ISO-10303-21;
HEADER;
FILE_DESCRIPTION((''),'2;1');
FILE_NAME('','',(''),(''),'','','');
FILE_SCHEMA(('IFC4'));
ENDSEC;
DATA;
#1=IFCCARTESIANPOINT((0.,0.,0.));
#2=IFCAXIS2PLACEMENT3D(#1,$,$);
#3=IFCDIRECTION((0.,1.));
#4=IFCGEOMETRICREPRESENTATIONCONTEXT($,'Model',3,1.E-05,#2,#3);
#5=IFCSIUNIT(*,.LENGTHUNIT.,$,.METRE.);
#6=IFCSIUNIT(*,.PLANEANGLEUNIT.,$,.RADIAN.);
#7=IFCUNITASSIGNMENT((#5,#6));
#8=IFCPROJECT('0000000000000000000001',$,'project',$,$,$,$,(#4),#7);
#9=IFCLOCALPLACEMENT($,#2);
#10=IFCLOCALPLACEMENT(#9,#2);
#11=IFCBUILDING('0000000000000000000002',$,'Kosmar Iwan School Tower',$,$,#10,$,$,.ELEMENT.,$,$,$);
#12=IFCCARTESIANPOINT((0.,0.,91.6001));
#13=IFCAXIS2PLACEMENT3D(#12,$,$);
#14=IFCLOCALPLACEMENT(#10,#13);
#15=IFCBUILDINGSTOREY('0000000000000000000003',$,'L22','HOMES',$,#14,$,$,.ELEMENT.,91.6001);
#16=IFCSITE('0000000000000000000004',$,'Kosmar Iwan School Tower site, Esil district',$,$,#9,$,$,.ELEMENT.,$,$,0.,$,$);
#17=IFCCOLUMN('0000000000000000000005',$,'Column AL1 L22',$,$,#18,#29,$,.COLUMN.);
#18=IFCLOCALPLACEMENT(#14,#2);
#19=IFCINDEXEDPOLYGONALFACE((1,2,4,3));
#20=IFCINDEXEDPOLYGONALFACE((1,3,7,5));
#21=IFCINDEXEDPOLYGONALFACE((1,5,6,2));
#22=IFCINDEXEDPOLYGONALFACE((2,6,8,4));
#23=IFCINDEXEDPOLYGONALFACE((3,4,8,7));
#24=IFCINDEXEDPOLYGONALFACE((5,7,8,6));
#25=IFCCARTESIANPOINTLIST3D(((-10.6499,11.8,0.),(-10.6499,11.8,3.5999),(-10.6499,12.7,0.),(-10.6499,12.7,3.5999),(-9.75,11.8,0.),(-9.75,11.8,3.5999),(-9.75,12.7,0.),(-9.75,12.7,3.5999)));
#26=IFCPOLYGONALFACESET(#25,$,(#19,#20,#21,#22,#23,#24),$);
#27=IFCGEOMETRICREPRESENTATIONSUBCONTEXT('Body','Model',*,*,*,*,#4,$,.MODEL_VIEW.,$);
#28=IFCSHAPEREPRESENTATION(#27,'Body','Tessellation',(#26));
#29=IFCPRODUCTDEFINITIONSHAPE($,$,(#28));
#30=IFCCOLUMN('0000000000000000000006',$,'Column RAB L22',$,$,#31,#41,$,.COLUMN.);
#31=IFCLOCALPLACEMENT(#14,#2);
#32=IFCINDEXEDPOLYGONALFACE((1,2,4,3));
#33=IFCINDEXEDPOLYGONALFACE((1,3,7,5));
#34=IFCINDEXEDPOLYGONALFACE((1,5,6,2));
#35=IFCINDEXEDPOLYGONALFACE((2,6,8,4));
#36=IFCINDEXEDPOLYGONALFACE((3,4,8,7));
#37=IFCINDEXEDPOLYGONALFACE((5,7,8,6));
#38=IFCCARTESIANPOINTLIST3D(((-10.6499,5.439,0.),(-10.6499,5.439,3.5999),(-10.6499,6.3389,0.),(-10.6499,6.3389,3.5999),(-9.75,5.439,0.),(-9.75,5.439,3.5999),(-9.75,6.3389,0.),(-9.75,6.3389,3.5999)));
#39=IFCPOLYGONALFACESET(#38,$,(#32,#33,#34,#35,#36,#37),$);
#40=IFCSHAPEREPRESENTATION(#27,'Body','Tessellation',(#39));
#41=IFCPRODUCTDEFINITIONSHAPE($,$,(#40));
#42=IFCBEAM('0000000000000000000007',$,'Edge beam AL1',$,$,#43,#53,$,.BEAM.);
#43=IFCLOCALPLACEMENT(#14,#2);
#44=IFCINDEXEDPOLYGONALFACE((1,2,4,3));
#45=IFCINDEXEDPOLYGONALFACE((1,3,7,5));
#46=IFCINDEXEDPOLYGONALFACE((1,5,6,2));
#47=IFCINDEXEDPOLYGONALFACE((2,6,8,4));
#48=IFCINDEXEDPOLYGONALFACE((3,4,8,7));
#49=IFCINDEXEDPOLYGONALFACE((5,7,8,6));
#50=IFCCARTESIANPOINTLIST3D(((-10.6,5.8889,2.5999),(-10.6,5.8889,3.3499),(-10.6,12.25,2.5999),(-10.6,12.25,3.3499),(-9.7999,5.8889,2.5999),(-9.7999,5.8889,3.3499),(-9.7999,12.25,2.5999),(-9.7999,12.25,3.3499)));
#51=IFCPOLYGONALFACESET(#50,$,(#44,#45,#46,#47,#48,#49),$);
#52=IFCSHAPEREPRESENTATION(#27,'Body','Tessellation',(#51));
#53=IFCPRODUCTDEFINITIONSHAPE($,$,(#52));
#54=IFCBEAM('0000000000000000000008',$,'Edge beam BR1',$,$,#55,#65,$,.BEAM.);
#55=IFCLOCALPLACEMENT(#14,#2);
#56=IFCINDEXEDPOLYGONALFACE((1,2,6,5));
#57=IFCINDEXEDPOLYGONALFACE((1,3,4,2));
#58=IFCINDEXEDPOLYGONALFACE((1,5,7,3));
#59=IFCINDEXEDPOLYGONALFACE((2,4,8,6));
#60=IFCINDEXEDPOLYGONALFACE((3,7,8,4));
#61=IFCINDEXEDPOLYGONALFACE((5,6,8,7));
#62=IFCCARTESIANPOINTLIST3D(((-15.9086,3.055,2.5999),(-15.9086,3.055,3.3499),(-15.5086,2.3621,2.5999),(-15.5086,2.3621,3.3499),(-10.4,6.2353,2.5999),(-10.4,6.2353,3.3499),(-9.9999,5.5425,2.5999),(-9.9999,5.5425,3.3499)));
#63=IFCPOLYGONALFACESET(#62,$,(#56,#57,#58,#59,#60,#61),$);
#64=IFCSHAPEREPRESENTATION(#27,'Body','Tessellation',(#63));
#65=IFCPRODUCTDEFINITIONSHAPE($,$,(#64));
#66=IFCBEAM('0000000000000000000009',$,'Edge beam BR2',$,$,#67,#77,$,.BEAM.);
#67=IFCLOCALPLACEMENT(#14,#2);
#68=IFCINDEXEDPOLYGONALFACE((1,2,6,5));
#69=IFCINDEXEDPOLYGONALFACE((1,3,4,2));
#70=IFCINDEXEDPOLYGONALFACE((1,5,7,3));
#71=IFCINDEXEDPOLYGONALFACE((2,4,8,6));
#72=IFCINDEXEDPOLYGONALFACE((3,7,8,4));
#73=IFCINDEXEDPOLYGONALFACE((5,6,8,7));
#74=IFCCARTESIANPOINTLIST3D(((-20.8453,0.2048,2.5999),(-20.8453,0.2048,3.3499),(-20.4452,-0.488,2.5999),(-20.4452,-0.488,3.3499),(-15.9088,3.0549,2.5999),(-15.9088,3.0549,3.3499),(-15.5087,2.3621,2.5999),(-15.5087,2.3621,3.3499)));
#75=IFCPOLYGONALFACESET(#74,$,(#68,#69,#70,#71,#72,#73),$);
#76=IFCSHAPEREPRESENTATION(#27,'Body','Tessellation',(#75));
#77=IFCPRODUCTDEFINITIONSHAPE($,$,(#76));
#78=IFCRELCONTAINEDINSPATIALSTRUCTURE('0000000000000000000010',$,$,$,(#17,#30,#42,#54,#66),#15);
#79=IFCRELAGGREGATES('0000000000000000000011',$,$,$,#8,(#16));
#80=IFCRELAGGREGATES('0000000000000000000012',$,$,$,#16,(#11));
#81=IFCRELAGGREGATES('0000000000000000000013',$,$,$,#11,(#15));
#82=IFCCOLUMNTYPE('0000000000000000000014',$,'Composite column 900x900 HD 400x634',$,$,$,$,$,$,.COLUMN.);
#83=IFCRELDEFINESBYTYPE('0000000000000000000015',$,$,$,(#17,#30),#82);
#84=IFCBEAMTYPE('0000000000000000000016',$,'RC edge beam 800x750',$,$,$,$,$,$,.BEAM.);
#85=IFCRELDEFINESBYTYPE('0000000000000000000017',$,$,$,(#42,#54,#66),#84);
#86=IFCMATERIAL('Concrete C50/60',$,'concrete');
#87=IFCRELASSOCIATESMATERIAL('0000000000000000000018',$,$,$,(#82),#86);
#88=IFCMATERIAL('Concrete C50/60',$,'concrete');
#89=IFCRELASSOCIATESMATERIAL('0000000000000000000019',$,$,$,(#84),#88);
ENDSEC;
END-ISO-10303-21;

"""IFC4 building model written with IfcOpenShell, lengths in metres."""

from ifc_helpers import new_model, si_unit, direction, frame, origin, origin_2d, place, context, subcontext, project, spatial, rectangle, extrude, material, material_profile, profile_set, type_object, element, save


model = new_model("IFC4")

# Units and contexts
model_context = context("Model", 3, precision=1e-05, world=origin(), true_north=direction((0.0, 1.0)))
body_context = subcontext(model_context, "Body", "Model", "MODEL_VIEW")
ifc_project = project(units=[si_unit("LENGTHUNIT", "METRE"), si_unit("PLANEANGLEUNIT", "RADIAN")], contexts=[model_context])

# Site, building, storey
site_placement = place(None, origin())
site = spatial("IfcSite", under=ifc_project, at=site_placement, Name="Kosmar Iwan School Tower site, Esil district", CompositionType="ELEMENT", RefElevation=0.0)
building_placement = place(site_placement, origin())
building = spatial("IfcBuilding", under=site, at=building_placement, Name="Kosmar Iwan School Tower", CompositionType="ELEMENT")
storey_placement = place(building_placement, frame((0.0, 0.0, 91.6001)))
storey = spatial("IfcBuildingStorey", under=building, at=storey_placement, Name="L22", Description="HOMES", CompositionType="ELEMENT", Elevation=91.6001)

# Columns
ifc_material_1 = material(Name="Concrete C50/60", Category="concrete")
ifc_material_profile_1 = material_profile(ifc_material_1, rectangle(XDim=0.8999, YDim=0.8999, at=origin_2d()), Name="RC 900x900 + HD 400x634")
ifc_profile_set_1 = profile_set([ifc_material_profile_1], Name="Concrete C50/60")
column_type = type_object("IfcColumnType", Name="Composite column 900x900 HD 400x634", PredefinedType="COLUMN", material=ifc_profile_set_1)
for number, where, z_axis, x_axis, name in (
    (1, (-10.2, 12.25, 0.0), (0.0, 0.0, 1.0), (0.0, 1.0, 0.0), "Column AL1 L22"),
    (2, (-10.2, 5.8889, 0.0), (0.0, 0.0, 1.0), (1.0, 0.0, 0.0), "Column RAB L22"),
):
    element("IfcColumn", number, at=place(storey_placement, frame(where, z_axis=z_axis, x_axis=x_axis)), inside=storey, type_object=column_type, Name=name, PredefinedType="COLUMN", context=body_context, shape_type="SweptSolid", body=[
        extrude(rectangle(XDim=0.8999, YDim=0.8999, at=origin_2d()), origin(), (0.0, 0.0, 1.0), 3.5999),
    ])

# Beams
ifc_material_2 = material(Name="Concrete C50/60", Category="concrete")
ifc_material_profile_2 = material_profile(ifc_material_2, rectangle(XDim=0.8, YDim=0.75, at=origin_2d()), Name="RC 800x750")
ifc_profile_set_2 = profile_set([ifc_material_profile_2], Name="Concrete C50/60")
beam_type = type_object("IfcBeamType", Name="RC edge beam 800x750", PredefinedType="BEAM", material=ifc_profile_set_2)
beam_1_placement = place(storey_placement, frame((-10.2, 5.8889, 2.9749), z_axis=(0.0, 1.0, 0.0), x_axis=(-1.0, 0.0, 0.0)))
element("IfcBeam", 3, at=beam_1_placement, inside=storey, type_object=beam_type, Name="Edge beam AL1", PredefinedType="BEAM", context=body_context, shape_type="SweptSolid", body=[
    extrude(rectangle(XDim=0.8, YDim=0.75, at=origin_2d()), origin(), (0.0, 0.0, 1.0), 6.3611),
])
beam_2_placement = place(storey_placement, frame((-10.2, 5.8889, 2.9749), z_axis=(-0.866031, -0.49999, 0.0), x_axis=(0.49999, -0.866031, 0.0)))
element("IfcBeam", 4, at=beam_2_placement, inside=storey, type_object=beam_type, Name="Edge beam BR1", PredefinedType="BEAM", context=body_context, shape_type="SweptSolid", body=[
    extrude(rectangle(XDim=0.8, YDim=0.75, at=origin_2d()), origin(), (0.0, 0.0, 1.0), 6.3608),
])
beam_3_placement = place(storey_placement, frame((-15.7087, 2.7085, 2.9749), z_axis=(-0.866026, -0.499999, 0.0), x_axis=(0.499999, -0.866026, 0.0)))
element("IfcBeam", 5, at=beam_3_placement, inside=storey, type_object=beam_type, Name="Edge beam BR2", PredefinedType="BEAM", context=body_context, shape_type="SweptSolid", body=[
    extrude(rectangle(XDim=0.8, YDim=0.75, at=origin_2d()), origin(), (0.0, 0.0, 1.0), 5.7002),
])

save(model, "model.ifc")
